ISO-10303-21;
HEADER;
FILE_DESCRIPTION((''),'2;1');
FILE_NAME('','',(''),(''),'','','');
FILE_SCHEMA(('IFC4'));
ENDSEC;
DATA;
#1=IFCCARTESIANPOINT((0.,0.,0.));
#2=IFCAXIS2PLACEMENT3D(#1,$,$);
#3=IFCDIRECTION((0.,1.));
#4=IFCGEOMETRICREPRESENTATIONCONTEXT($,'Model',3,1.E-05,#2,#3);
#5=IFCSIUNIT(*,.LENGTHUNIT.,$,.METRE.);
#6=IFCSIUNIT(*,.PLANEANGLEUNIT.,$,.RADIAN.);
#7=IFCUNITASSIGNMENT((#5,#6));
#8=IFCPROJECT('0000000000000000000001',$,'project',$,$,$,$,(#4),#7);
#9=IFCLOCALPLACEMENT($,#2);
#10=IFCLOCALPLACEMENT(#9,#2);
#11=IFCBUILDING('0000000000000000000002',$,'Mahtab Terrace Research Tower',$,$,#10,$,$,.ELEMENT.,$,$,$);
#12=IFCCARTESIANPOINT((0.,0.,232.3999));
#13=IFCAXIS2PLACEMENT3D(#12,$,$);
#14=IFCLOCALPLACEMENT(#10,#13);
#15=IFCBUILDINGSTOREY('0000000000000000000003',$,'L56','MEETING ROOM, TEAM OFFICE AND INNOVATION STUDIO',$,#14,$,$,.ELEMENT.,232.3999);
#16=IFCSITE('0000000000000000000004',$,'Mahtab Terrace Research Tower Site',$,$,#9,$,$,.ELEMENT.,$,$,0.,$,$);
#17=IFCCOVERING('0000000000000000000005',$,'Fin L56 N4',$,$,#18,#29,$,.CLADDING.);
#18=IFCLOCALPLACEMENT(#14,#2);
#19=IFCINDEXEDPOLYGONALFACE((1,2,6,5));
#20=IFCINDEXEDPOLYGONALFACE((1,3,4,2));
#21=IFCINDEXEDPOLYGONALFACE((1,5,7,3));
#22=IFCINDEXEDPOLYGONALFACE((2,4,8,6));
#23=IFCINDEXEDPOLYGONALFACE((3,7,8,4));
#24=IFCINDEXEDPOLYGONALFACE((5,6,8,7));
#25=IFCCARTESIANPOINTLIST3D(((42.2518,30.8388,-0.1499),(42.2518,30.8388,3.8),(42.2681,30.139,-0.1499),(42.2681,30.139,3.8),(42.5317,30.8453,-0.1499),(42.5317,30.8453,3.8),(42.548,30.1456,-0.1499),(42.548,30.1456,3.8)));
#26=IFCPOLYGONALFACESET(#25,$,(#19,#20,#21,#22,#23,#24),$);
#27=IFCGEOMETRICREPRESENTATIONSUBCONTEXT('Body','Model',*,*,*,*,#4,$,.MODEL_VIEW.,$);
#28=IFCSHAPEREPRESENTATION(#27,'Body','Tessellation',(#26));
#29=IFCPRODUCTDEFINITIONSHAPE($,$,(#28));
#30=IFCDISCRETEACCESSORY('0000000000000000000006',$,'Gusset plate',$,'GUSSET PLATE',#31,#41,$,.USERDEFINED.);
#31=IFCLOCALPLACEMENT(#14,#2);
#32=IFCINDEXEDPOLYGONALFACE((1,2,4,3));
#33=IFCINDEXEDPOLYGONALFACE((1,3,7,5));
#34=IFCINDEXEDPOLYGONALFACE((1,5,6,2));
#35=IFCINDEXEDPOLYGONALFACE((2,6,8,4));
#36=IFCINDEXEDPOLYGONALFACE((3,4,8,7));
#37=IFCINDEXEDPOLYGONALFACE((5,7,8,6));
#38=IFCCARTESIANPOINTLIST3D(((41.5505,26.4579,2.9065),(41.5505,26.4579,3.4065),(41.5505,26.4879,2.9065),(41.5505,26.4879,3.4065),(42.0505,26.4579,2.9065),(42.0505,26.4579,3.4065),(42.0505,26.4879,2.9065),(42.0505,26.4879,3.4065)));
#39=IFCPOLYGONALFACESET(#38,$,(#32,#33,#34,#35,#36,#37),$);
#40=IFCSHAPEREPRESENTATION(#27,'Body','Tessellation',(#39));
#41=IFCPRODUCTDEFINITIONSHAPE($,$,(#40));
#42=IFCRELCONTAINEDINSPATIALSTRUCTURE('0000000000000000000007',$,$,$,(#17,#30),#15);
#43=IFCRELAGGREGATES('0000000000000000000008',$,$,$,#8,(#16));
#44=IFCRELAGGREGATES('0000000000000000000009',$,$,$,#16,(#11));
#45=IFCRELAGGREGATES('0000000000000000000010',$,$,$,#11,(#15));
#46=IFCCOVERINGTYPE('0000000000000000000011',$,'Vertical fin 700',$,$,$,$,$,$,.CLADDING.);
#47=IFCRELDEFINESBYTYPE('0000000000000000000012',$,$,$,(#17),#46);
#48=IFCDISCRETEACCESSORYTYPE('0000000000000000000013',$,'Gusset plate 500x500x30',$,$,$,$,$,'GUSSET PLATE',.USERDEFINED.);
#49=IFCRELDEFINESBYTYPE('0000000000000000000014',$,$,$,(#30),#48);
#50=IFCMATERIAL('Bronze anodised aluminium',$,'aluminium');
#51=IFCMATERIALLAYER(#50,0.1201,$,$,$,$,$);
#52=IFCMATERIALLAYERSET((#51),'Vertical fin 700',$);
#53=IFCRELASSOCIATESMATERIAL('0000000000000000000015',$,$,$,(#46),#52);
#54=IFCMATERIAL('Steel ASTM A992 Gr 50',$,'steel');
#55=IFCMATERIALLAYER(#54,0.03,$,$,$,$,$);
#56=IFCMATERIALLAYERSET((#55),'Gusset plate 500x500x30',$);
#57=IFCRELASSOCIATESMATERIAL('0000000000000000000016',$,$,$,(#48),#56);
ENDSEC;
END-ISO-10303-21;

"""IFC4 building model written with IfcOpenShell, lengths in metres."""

from ifc_helpers import new_model, si_unit, direction, frame, origin, origin_2d, place, context, subcontext, project, spatial, rectangle, extrude, material, layer, layer_set, type_object, element, save


model = new_model("IFC4")

# Units and contexts
model_context = context("Model", 3, precision=1e-05, world=origin(), true_north=direction((0.0, 1.0)))
body_context = subcontext(model_context, "Body", "Model", "MODEL_VIEW")
ifc_project = project(units=[si_unit("LENGTHUNIT", "METRE"), si_unit("PLANEANGLEUNIT", "RADIAN")], contexts=[model_context])

# Site, building, storey
site_placement = place(None, origin())
site = spatial("IfcSite", under=ifc_project, at=site_placement, Name="Mahtab Terrace Research Tower Site", CompositionType="ELEMENT", RefElevation=0.0)
building_placement = place(site_placement, origin())
building = spatial("IfcBuilding", under=site, at=building_placement, Name="Mahtab Terrace Research Tower", CompositionType="ELEMENT")
storey_placement = place(building_placement, frame((0.0, 0.0, 232.3999)))
storey = spatial("IfcBuildingStorey", under=building, at=storey_placement, Name="L56", Description="MEETING ROOM, TEAM OFFICE AND INNOVATION STUDIO", CompositionType="ELEMENT", Elevation=232.3999)

# Shared definitions
ifc_material_1 = material(Name="Steel ASTM A992 Gr 50", Category="steel")

# Covering
ifc_material_2 = material(Name="Bronze anodised aluminium", Category="aluminium")
ifc_layer_1 = layer(ifc_material_2, 0.1201)
ifc_layer_set_1 = layer_set([ifc_layer_1], Name="Vertical fin 700")
covering_type_1 = type_object("IfcCoveringType", Name="Vertical fin 700", PredefinedType="CLADDING", material=ifc_layer_set_1)
for number, where, z_axis, x_axis, name in (
    (1, (42.3999, 30.4922, -0.1499), (0.0, 0.0, 1.0), (-0.999729, -0.023269, 0.0), "Fin L56 N4"),
):
    element("IfcCovering", number, at=place(storey_placement, frame(where, z_axis=z_axis, x_axis=x_axis)), inside=storey, type_object=covering_type_1, Name=name, PredefinedType="CLADDING", context=body_context, shape_type="SweptSolid", body=[
        extrude(rectangle(XDim=0.28, YDim=0.7, at=origin_2d()), origin(), (0.0, 0.0, 1.0), 3.95),
    ])

# Discrete accessory
ifc_layer_2 = layer(ifc_material_1, 0.03)
ifc_layer_set_2 = layer_set([ifc_layer_2], Name="Gusset plate 500x500x30")
discrete_accessory_type = type_object("IfcDiscreteAccessoryType", Name="Gusset plate 500x500x30", ElementType="GUSSET PLATE", PredefinedType="USERDEFINED", material=ifc_layer_set_2)
discrete_accessory_placement = place(storey_placement, frame((41.8005, 26.4729, 2.9065), z_axis=(0.0, 0.0, 1.0), x_axis=(1.0, 0.0, 0.0)))
element("IfcDiscreteAccessory", 2, at=discrete_accessory_placement, inside=storey, type_object=discrete_accessory_type, Name="Gusset plate", ObjectType="GUSSET PLATE", PredefinedType="USERDEFINED", context=body_context, shape_type="SweptSolid", body=[
    extrude(rectangle(XDim=0.5, YDim=0.03, at=origin_2d()), origin(), (0.0, 0.0, 1.0), 0.5),
])

save(model, "model.ifc")
